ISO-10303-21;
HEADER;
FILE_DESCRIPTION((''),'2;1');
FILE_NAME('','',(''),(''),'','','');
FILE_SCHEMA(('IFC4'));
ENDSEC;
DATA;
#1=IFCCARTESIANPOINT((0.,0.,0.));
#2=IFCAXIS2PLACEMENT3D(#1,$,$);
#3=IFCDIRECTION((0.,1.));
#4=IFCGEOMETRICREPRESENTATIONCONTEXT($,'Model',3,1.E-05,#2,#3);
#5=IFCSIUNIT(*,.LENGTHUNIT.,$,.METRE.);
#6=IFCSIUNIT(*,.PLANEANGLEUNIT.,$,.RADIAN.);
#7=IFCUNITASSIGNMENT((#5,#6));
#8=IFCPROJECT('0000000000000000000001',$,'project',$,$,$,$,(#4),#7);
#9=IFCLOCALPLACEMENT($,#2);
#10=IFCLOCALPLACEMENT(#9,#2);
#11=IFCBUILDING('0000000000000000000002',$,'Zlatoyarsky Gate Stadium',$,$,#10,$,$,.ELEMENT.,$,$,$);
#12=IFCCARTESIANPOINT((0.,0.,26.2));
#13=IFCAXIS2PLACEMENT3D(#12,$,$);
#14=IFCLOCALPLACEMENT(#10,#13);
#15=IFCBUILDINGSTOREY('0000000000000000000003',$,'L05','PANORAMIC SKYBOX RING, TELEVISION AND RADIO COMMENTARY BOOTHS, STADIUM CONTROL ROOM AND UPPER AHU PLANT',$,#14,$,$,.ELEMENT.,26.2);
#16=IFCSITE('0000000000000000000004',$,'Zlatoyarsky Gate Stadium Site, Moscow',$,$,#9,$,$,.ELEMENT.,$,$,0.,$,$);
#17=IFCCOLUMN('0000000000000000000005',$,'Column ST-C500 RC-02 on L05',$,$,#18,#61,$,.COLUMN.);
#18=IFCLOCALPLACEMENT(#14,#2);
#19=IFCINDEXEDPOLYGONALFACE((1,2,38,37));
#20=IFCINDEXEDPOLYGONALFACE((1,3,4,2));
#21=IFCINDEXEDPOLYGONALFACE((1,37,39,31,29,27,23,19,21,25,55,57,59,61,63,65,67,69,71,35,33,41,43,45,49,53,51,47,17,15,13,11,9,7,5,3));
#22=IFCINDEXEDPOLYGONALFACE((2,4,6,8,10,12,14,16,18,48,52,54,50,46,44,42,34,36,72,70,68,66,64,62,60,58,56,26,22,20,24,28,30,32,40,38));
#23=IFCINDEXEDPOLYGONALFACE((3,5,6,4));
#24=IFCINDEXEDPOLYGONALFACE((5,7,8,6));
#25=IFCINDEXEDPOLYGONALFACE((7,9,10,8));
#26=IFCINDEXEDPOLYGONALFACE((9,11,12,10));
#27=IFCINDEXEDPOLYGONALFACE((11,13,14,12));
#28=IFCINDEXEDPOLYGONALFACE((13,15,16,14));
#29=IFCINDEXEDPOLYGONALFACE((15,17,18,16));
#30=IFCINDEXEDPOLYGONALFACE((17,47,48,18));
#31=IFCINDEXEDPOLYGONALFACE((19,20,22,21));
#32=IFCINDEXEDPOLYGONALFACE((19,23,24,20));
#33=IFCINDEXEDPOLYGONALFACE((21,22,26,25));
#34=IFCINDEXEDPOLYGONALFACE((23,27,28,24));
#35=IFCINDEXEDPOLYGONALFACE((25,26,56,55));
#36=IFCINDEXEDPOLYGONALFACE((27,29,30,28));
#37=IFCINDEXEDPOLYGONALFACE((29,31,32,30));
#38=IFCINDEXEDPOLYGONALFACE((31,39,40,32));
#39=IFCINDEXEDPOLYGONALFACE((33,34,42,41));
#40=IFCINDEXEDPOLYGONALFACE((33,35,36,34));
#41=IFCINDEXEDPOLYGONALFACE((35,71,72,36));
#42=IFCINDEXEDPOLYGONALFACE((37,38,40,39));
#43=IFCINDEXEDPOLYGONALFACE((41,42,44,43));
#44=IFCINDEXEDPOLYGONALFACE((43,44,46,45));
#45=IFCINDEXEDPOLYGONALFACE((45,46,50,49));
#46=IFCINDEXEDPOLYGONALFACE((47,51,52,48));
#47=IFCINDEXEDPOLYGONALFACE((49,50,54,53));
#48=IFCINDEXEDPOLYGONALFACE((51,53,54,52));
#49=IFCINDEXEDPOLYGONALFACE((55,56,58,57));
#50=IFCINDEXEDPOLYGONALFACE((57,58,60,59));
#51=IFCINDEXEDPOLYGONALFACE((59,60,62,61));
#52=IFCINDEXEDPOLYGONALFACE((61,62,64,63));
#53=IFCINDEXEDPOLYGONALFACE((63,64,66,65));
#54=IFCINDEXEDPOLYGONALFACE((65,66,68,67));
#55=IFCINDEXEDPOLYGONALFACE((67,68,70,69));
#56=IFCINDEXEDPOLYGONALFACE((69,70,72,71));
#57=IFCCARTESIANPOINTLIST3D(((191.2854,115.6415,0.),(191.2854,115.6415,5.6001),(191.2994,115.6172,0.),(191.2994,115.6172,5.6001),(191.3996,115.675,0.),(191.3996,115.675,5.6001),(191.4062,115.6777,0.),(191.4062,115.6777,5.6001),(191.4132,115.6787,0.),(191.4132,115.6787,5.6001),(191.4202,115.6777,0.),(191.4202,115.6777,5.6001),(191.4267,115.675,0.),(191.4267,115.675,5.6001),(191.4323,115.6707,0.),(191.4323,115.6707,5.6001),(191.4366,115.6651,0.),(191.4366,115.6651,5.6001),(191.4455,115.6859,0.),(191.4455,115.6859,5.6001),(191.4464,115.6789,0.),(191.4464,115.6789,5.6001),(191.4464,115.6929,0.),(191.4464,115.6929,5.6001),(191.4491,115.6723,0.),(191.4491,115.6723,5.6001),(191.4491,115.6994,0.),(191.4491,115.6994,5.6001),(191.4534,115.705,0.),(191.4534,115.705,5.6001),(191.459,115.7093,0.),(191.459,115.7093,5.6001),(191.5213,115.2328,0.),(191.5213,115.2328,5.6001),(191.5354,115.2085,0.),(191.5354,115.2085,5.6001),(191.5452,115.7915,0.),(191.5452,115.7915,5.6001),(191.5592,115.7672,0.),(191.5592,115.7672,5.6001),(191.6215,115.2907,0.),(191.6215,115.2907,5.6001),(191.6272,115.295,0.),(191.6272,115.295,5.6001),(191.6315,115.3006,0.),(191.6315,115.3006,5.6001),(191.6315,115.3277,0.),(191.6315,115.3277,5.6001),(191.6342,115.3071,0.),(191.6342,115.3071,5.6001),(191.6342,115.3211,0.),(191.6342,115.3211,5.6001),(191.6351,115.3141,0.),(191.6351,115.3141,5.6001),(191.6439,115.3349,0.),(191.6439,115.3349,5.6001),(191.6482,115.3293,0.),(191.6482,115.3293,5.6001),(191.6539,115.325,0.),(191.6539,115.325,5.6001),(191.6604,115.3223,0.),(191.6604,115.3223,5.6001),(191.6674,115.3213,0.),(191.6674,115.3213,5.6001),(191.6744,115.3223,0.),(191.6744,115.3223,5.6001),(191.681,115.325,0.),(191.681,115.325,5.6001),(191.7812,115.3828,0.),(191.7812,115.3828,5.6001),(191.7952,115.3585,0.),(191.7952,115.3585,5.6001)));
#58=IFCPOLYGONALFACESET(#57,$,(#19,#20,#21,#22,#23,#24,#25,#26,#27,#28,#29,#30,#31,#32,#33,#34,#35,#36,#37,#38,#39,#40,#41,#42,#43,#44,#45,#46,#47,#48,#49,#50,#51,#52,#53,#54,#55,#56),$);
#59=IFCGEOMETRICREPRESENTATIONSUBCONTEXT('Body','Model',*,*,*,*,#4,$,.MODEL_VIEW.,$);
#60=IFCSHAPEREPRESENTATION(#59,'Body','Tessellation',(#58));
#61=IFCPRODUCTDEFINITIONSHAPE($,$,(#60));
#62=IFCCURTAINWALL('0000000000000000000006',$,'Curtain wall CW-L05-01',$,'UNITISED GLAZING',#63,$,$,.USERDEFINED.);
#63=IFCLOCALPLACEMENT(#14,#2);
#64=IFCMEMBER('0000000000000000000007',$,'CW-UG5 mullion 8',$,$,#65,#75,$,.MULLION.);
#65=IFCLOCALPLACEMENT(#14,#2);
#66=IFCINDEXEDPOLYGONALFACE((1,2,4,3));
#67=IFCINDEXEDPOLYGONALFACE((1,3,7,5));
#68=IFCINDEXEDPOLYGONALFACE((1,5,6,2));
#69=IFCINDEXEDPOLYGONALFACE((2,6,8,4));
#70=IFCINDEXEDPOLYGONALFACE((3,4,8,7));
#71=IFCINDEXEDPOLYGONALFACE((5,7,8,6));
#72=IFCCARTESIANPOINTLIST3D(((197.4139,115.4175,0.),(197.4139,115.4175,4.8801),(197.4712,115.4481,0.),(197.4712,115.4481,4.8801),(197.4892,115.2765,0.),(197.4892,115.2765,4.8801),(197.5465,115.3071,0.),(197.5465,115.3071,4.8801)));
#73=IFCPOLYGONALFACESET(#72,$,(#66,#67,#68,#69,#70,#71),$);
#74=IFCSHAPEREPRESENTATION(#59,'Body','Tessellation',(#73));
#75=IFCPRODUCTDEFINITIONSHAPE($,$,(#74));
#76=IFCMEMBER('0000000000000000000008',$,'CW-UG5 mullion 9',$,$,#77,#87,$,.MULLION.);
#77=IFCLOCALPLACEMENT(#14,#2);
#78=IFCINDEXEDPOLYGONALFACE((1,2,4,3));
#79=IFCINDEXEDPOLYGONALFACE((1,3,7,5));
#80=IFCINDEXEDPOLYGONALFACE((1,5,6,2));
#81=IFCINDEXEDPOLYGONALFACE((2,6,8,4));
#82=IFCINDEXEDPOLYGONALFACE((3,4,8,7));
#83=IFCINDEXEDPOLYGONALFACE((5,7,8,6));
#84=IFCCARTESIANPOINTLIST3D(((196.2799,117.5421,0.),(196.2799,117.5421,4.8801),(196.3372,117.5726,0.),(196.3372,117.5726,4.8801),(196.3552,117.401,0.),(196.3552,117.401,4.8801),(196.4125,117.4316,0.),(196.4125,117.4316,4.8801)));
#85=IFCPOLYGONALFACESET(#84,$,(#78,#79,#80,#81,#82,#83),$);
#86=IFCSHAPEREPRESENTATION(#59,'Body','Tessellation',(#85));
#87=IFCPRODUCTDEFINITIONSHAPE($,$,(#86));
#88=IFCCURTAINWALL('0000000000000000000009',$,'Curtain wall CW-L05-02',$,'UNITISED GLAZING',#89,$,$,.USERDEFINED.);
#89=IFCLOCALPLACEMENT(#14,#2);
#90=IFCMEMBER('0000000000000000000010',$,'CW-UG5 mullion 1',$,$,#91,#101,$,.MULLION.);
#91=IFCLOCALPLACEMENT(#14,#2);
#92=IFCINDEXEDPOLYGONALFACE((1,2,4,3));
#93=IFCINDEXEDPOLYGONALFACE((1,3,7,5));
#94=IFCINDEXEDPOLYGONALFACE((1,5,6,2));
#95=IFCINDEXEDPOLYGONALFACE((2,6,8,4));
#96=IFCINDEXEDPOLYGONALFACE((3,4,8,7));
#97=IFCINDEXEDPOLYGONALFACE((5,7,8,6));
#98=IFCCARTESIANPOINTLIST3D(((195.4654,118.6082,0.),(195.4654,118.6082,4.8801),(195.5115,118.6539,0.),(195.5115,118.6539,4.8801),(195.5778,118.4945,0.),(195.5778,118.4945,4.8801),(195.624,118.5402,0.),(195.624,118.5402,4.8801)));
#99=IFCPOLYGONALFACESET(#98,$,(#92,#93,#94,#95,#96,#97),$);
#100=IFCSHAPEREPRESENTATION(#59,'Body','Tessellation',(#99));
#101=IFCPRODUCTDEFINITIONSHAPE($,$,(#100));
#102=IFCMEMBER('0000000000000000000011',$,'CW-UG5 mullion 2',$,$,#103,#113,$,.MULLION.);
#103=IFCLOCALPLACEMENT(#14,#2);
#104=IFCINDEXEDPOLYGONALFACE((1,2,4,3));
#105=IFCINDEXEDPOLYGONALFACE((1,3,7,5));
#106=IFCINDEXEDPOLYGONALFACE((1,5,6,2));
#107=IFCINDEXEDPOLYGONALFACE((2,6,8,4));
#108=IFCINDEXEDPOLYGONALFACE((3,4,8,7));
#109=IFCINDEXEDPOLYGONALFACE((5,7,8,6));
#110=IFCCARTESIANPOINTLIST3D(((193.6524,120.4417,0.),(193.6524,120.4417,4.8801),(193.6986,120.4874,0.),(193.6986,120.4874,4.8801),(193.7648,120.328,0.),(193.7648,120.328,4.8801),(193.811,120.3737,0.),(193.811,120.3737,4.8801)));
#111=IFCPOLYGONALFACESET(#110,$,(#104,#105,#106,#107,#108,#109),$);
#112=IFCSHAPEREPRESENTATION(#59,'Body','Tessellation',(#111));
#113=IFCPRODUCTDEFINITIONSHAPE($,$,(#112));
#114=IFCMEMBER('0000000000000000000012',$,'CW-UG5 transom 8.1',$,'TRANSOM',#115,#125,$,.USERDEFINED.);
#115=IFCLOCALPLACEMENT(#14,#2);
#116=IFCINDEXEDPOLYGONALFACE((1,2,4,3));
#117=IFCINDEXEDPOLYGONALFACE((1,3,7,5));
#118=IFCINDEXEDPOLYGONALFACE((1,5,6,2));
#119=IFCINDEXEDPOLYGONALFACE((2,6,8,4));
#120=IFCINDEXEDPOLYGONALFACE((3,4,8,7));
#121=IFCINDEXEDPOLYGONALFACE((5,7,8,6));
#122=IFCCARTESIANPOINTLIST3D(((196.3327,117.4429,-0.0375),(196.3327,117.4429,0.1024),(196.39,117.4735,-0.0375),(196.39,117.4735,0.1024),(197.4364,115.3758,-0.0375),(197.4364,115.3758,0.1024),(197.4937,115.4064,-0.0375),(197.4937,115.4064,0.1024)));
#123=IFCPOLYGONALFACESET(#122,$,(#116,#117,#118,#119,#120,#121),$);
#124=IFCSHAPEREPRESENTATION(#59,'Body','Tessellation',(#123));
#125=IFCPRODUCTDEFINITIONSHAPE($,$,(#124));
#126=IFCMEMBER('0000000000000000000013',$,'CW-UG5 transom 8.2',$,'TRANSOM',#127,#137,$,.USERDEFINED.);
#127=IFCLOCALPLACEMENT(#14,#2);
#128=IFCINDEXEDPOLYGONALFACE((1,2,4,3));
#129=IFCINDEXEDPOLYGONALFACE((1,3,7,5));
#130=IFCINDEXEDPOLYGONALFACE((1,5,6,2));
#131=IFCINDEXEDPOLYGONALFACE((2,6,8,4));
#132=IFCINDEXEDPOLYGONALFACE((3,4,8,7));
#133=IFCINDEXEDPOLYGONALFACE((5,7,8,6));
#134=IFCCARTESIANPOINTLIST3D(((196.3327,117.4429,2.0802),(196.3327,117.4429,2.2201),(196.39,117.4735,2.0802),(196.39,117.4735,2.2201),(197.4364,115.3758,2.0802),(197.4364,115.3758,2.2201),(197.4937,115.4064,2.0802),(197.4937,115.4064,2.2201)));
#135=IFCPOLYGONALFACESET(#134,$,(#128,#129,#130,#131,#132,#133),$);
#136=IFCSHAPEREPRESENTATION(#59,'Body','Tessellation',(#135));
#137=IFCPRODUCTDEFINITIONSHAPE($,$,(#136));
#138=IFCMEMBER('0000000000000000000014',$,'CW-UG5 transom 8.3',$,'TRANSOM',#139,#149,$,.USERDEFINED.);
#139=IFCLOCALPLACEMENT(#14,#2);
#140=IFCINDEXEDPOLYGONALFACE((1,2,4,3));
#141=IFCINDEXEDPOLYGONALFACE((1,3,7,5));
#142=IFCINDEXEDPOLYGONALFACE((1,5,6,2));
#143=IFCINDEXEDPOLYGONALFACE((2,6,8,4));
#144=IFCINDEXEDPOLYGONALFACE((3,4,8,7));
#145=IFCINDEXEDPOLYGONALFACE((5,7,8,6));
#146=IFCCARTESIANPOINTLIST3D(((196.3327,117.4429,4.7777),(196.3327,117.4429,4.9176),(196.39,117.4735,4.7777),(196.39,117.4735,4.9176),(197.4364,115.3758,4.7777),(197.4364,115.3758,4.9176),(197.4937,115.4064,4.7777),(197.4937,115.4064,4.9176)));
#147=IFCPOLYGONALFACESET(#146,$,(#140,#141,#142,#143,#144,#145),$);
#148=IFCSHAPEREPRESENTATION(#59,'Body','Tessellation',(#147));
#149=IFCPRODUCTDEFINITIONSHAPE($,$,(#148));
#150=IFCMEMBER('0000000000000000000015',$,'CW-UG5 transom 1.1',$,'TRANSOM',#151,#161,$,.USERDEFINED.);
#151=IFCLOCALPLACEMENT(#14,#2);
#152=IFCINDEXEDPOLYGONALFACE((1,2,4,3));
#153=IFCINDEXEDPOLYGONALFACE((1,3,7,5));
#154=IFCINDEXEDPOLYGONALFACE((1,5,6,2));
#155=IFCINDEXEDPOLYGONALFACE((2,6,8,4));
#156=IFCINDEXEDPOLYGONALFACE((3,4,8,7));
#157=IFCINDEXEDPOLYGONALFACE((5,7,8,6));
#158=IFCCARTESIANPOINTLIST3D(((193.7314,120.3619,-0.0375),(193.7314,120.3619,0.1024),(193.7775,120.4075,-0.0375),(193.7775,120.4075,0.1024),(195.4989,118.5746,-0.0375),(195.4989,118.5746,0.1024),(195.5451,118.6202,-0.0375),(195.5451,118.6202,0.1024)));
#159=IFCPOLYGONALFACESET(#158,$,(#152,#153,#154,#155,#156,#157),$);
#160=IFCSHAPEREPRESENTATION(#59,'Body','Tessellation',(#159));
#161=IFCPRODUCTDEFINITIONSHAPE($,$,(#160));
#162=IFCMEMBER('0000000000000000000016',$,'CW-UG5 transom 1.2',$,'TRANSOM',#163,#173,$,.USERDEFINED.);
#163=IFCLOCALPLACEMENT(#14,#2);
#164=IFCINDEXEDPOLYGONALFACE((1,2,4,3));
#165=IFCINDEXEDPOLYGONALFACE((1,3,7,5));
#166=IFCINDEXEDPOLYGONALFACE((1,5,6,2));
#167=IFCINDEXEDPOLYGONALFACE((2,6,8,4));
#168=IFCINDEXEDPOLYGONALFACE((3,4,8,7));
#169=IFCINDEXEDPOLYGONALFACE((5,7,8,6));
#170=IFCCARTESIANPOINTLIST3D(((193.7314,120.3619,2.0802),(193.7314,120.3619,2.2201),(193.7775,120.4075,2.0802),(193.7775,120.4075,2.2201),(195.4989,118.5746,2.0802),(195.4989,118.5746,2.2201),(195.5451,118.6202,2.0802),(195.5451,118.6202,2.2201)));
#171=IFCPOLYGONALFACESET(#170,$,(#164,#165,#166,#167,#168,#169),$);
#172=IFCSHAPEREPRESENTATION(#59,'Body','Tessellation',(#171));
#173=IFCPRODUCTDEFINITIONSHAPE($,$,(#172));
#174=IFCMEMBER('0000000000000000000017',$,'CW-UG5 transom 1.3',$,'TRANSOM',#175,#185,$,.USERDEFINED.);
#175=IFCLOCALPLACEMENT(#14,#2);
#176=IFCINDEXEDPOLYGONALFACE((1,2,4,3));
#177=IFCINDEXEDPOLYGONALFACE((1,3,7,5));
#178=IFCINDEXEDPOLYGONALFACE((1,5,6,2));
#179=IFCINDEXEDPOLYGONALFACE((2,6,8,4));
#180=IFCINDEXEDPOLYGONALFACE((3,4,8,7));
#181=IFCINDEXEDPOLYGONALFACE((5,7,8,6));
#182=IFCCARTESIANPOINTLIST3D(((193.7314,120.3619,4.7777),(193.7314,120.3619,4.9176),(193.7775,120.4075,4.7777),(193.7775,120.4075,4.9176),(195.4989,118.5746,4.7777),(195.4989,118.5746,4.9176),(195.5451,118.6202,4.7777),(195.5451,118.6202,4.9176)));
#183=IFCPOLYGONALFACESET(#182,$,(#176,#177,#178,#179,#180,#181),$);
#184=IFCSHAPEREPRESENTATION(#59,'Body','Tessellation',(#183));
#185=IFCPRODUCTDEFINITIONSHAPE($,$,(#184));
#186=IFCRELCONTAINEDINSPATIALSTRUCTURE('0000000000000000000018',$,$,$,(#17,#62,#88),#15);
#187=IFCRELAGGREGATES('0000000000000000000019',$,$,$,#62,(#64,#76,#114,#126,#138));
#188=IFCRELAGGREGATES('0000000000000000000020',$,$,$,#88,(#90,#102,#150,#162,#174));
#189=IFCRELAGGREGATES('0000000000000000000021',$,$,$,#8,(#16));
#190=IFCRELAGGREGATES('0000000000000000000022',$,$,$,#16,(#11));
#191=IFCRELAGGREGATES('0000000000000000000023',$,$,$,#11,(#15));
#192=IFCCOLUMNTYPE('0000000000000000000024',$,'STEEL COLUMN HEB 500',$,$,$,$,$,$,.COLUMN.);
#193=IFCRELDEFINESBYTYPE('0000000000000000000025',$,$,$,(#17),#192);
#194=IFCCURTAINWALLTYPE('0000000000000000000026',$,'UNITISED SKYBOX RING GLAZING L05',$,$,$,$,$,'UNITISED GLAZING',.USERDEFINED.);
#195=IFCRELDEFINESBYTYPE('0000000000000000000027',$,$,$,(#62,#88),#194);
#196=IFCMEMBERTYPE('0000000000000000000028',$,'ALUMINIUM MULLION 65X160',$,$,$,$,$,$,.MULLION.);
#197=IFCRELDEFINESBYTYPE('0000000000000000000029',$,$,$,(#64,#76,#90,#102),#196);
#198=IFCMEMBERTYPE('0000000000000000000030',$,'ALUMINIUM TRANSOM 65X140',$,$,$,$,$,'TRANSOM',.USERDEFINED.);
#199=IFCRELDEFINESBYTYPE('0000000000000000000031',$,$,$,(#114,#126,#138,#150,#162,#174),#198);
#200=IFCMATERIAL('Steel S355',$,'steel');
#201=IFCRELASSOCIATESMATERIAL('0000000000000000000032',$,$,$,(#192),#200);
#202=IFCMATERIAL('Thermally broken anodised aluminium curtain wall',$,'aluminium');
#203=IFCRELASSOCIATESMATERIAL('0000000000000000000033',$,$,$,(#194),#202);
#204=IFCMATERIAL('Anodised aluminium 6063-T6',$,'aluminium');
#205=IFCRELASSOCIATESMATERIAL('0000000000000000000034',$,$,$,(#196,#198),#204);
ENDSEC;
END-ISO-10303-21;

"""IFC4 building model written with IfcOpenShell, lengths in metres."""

from ifc_helpers import new_model, si_unit, direction, frame, origin, origin_2d, place, context, subcontext, project, spatial, rectangle, i_section, extrude, material, material_profile, profile_set, type_object, element, aggregate, save


model = new_model("IFC4")

# Units and contexts
model_context = context("Model", 3, precision=1e-05, world=origin(), true_north=direction((0.0, 1.0)))
body_context = subcontext(model_context, "Body", "Model", "MODEL_VIEW")
ifc_project = project(units=[si_unit("LENGTHUNIT", "METRE"), si_unit("PLANEANGLEUNIT", "RADIAN")], contexts=[model_context])

# Site, building, storey
site_placement = place(None, origin())
site = spatial("IfcSite", under=ifc_project, at=site_placement, Name="Zlatoyarsky Gate Stadium Site, Moscow", CompositionType="ELEMENT", RefElevation=0.0)
building_placement = place(site_placement, origin())
building = spatial("IfcBuilding", under=site, at=building_placement, Name="Zlatoyarsky Gate Stadium", CompositionType="ELEMENT")
storey_placement = place(building_placement, frame((0.0, 0.0, 26.2)))
storey = spatial("IfcBuildingStorey", under=building, at=storey_placement, Name="L05", Description="PANORAMIC SKYBOX RING, TELEVISION AND RADIO COMMENTARY BOOTHS, STADIUM CONTROL ROOM AND UPPER AHU PLANT", CompositionType="ELEMENT", Elevation=26.2)

# Column
ifc_material_1 = material(Name="Steel S355", Category="steel")
ifc_material_profile_1 = material_profile(ifc_material_1, i_section(OverallWidth=0.3, OverallDepth=0.5, WebThickness=0.0144, FlangeThickness=0.0281, FilletRadius=0.0271, at=origin_2d()), Name="HEB 500")
ifc_profile_set_1 = profile_set([ifc_material_profile_1], Name="Steel S355")
column_type = type_object("IfcColumnType", Name="STEEL COLUMN HEB 500", PredefinedType="COLUMN", material=ifc_profile_set_1)
column_placement = place(storey_placement, frame((191.5403, 115.5, 0.0), z_axis=(0.0, 0.0, 1.0), x_axis=(0.866025, 0.5, 0.0)))
element("IfcColumn", 1, at=column_placement, inside=storey, type_object=column_type, Name="Column ST-C500 RC-02 on L05", PredefinedType="COLUMN", context=body_context, shape_type="SweptSolid", body=[
    extrude(i_section(OverallWidth=0.3, OverallDepth=0.5, WebThickness=0.0144, FlangeThickness=0.0281, FilletRadius=0.0271, at=origin_2d()), origin(), (0.0, 0.0, 1.0), 5.6001),
])

# Curtain walls, members
ifc_material_2 = material(Name="Thermally broken anodised aluminium curtain wall", Category="aluminium")
curtain_wall_type = type_object("IfcCurtainWallType", Name="UNITISED SKYBOX RING GLAZING L05", ElementType="UNITISED GLAZING", PredefinedType="USERDEFINED", material=ifc_material_2)
curtain_wall_1_placement = place(storey_placement, origin())
curtain_wall_1 = element("IfcCurtainWall", 2, at=curtain_wall_1_placement, inside=storey, type_object=curtain_wall_type, Name="Curtain wall CW-L05-01", ObjectType="UNITISED GLAZING", PredefinedType="USERDEFINED")
ifc_material_3 = material(Name="Anodised aluminium 6063-T6", Category="aluminium")
ifc_material_profile_2 = material_profile(ifc_material_3, rectangle(XDim=0.0649, YDim=0.1599, at=origin_2d()), Name="ALU 65X160")
ifc_profile_set_2 = profile_set([ifc_material_profile_2], Name="Anodised aluminium 6063-T6")
member_type_1 = type_object("IfcMemberType", Name="ALUMINIUM MULLION 65X160", PredefinedType="MULLION", material=ifc_profile_set_2)
member_1_placement = place(storey_placement, frame((197.4802, 115.3623, 0.0), z_axis=(0.0, 0.0, 1.0), x_axis=(-0.882167, -0.470937, 0.0)))
member_1 = element("IfcMember", 3, at=member_1_placement, type_object=member_type_1, Name="CW-UG5 mullion 8", PredefinedType="MULLION", context=body_context, shape_type="SweptSolid", body=[
    extrude(rectangle(XDim=0.0649, YDim=0.1599, at=origin_2d()), origin(), (0.0, 0.0, 1.0), 4.8801),
])
member_2_placement = place(storey_placement, frame((196.3462, 117.4868, 0.0), z_axis=(0.0, 0.0, 1.0), x_axis=(-0.882167, -0.470937, 0.0)))
member_2 = element("IfcMember", 4, at=member_2_placement, type_object=member_type_1, Name="CW-UG5 mullion 9", PredefinedType="MULLION", context=body_context, shape_type="SweptSolid", body=[
    extrude(rectangle(XDim=0.0649, YDim=0.1599, at=origin_2d()), origin(), (0.0, 0.0, 1.0), 4.8801),
])
curtain_wall_2_placement = place(storey_placement, origin())
curtain_wall_2 = element("IfcCurtainWall", 5, at=curtain_wall_2_placement, inside=storey, type_object=curtain_wall_type, Name="Curtain wall CW-L05-02", ObjectType="UNITISED GLAZING", PredefinedType="USERDEFINED")
member_3_placement = place(storey_placement, frame((195.5447, 118.5742, 0.0), z_axis=(0.0, 0.0, 1.0), x_axis=(-0.711036, -0.703156, 0.0)))
member_3 = element("IfcMember", 6, at=member_3_placement, type_object=member_type_1, Name="CW-UG5 mullion 1", PredefinedType="MULLION", context=body_context, shape_type="SweptSolid", body=[
    extrude(rectangle(XDim=0.0649, YDim=0.1599, at=origin_2d()), origin(), (0.0, 0.0, 1.0), 4.8801),
])
member_4_placement = place(storey_placement, frame((193.7317, 120.4077, 0.0), z_axis=(0.0, 0.0, 1.0), x_axis=(-0.711036, -0.703156, 0.0)))
member_4 = element("IfcMember", 7, at=member_4_placement, type_object=member_type_1, Name="CW-UG5 mullion 2", PredefinedType="MULLION", context=body_context, shape_type="SweptSolid", body=[
    extrude(rectangle(XDim=0.0649, YDim=0.1599, at=origin_2d()), origin(), (0.0, 0.0, 1.0), 4.8801),
])

# Members
ifc_material_profile_3 = material_profile(ifc_material_3, rectangle(XDim=0.0649, YDim=0.1399, at=origin_2d()), Name="ALU 65X140")
ifc_profile_set_3 = profile_set([ifc_material_profile_3], Name="Anodised aluminium 6063-T6")
member_type_2 = type_object("IfcMemberType", Name="ALUMINIUM TRANSOM 65X140", ElementType="TRANSOM", PredefinedType="USERDEFINED", material=ifc_profile_set_3)
member_5_placement = place(storey_placement, frame((197.4651, 115.3911, 0.0325), z_axis=(-0.471015, 0.882125, 0.0), x_axis=(-0.882125, -0.471015, 0.0)))
member_5 = element("IfcMember", 8, at=member_5_placement, type_object=member_type_2, Name="CW-UG5 transom 8.1", ObjectType="TRANSOM", PredefinedType="USERDEFINED", context=body_context, shape_type="SweptSolid", body=[
    extrude(rectangle(XDim=0.0649, YDim=0.1399, at=origin_2d()), origin(), (0.0, 0.0, 1.0), 2.3433),
])
member_6_placement = place(storey_placement, frame((197.4651, 115.3911, 2.1501), z_axis=(-0.471015, 0.882125, 0.0), x_axis=(-0.882125, -0.471015, 0.0)))
member_6 = element("IfcMember", 9, at=member_6_placement, type_object=member_type_2, Name="CW-UG5 transom 8.2", ObjectType="TRANSOM", PredefinedType="USERDEFINED", context=body_context, shape_type="SweptSolid", body=[
    extrude(rectangle(XDim=0.0649, YDim=0.1399, at=origin_2d()), origin(), (0.0, 0.0, 1.0), 2.3433),
])
member_7_placement = place(storey_placement, frame((197.4651, 115.3911, 4.8477), z_axis=(-0.471015, 0.882125, 0.0), x_axis=(-0.882125, -0.471015, 0.0)))
member_7 = element("IfcMember", 10, at=member_7_placement, type_object=member_type_2, Name="CW-UG5 transom 8.3", ObjectType="TRANSOM", PredefinedType="USERDEFINED", context=body_context, shape_type="SweptSolid", body=[
    extrude(rectangle(XDim=0.0649, YDim=0.1399, at=origin_2d()), origin(), (0.0, 0.0, 1.0), 2.3433),
])
member_8_placement = place(storey_placement, frame((195.522, 118.5974, 0.0325), z_axis=(-0.703162, 0.711029, 0.0), x_axis=(-0.711029, -0.703162, 0.0)))
member_8 = element("IfcMember", 11, at=member_8_placement, type_object=member_type_2, Name="CW-UG5 transom 1.1", ObjectType="TRANSOM", PredefinedType="USERDEFINED", context=body_context, shape_type="SweptSolid", body=[
    extrude(rectangle(XDim=0.0649, YDim=0.1399, at=origin_2d()), origin(), (0.0, 0.0, 1.0), 2.5137),
])
member_9_placement = place(storey_placement, frame((195.522, 118.5974, 2.1501), z_axis=(-0.703162, 0.711029, 0.0), x_axis=(-0.711029, -0.703162, 0.0)))
member_9 = element("IfcMember", 12, at=member_9_placement, type_object=member_type_2, Name="CW-UG5 transom 1.2", ObjectType="TRANSOM", PredefinedType="USERDEFINED", context=body_context, shape_type="SweptSolid", body=[
    extrude(rectangle(XDim=0.0649, YDim=0.1399, at=origin_2d()), origin(), (0.0, 0.0, 1.0), 2.5137),
])
member_10_placement = place(storey_placement, frame((195.522, 118.5974, 4.8477), z_axis=(-0.703162, 0.711029, 0.0), x_axis=(-0.711029, -0.703162, 0.0)))
member_10 = element("IfcMember", 13, at=member_10_placement, type_object=member_type_2, Name="CW-UG5 transom 1.3", ObjectType="TRANSOM", PredefinedType="USERDEFINED", context=body_context, shape_type="SweptSolid", body=[
    extrude(rectangle(XDim=0.0649, YDim=0.1399, at=origin_2d()), origin(), (0.0, 0.0, 1.0), 2.5137),
])

aggregate(curtain_wall_1, [member_1, member_2, member_5, member_6, member_7])
aggregate(curtain_wall_2, [member_3, member_4, member_8, member_9, member_10])

save(model, "model.ifc")
